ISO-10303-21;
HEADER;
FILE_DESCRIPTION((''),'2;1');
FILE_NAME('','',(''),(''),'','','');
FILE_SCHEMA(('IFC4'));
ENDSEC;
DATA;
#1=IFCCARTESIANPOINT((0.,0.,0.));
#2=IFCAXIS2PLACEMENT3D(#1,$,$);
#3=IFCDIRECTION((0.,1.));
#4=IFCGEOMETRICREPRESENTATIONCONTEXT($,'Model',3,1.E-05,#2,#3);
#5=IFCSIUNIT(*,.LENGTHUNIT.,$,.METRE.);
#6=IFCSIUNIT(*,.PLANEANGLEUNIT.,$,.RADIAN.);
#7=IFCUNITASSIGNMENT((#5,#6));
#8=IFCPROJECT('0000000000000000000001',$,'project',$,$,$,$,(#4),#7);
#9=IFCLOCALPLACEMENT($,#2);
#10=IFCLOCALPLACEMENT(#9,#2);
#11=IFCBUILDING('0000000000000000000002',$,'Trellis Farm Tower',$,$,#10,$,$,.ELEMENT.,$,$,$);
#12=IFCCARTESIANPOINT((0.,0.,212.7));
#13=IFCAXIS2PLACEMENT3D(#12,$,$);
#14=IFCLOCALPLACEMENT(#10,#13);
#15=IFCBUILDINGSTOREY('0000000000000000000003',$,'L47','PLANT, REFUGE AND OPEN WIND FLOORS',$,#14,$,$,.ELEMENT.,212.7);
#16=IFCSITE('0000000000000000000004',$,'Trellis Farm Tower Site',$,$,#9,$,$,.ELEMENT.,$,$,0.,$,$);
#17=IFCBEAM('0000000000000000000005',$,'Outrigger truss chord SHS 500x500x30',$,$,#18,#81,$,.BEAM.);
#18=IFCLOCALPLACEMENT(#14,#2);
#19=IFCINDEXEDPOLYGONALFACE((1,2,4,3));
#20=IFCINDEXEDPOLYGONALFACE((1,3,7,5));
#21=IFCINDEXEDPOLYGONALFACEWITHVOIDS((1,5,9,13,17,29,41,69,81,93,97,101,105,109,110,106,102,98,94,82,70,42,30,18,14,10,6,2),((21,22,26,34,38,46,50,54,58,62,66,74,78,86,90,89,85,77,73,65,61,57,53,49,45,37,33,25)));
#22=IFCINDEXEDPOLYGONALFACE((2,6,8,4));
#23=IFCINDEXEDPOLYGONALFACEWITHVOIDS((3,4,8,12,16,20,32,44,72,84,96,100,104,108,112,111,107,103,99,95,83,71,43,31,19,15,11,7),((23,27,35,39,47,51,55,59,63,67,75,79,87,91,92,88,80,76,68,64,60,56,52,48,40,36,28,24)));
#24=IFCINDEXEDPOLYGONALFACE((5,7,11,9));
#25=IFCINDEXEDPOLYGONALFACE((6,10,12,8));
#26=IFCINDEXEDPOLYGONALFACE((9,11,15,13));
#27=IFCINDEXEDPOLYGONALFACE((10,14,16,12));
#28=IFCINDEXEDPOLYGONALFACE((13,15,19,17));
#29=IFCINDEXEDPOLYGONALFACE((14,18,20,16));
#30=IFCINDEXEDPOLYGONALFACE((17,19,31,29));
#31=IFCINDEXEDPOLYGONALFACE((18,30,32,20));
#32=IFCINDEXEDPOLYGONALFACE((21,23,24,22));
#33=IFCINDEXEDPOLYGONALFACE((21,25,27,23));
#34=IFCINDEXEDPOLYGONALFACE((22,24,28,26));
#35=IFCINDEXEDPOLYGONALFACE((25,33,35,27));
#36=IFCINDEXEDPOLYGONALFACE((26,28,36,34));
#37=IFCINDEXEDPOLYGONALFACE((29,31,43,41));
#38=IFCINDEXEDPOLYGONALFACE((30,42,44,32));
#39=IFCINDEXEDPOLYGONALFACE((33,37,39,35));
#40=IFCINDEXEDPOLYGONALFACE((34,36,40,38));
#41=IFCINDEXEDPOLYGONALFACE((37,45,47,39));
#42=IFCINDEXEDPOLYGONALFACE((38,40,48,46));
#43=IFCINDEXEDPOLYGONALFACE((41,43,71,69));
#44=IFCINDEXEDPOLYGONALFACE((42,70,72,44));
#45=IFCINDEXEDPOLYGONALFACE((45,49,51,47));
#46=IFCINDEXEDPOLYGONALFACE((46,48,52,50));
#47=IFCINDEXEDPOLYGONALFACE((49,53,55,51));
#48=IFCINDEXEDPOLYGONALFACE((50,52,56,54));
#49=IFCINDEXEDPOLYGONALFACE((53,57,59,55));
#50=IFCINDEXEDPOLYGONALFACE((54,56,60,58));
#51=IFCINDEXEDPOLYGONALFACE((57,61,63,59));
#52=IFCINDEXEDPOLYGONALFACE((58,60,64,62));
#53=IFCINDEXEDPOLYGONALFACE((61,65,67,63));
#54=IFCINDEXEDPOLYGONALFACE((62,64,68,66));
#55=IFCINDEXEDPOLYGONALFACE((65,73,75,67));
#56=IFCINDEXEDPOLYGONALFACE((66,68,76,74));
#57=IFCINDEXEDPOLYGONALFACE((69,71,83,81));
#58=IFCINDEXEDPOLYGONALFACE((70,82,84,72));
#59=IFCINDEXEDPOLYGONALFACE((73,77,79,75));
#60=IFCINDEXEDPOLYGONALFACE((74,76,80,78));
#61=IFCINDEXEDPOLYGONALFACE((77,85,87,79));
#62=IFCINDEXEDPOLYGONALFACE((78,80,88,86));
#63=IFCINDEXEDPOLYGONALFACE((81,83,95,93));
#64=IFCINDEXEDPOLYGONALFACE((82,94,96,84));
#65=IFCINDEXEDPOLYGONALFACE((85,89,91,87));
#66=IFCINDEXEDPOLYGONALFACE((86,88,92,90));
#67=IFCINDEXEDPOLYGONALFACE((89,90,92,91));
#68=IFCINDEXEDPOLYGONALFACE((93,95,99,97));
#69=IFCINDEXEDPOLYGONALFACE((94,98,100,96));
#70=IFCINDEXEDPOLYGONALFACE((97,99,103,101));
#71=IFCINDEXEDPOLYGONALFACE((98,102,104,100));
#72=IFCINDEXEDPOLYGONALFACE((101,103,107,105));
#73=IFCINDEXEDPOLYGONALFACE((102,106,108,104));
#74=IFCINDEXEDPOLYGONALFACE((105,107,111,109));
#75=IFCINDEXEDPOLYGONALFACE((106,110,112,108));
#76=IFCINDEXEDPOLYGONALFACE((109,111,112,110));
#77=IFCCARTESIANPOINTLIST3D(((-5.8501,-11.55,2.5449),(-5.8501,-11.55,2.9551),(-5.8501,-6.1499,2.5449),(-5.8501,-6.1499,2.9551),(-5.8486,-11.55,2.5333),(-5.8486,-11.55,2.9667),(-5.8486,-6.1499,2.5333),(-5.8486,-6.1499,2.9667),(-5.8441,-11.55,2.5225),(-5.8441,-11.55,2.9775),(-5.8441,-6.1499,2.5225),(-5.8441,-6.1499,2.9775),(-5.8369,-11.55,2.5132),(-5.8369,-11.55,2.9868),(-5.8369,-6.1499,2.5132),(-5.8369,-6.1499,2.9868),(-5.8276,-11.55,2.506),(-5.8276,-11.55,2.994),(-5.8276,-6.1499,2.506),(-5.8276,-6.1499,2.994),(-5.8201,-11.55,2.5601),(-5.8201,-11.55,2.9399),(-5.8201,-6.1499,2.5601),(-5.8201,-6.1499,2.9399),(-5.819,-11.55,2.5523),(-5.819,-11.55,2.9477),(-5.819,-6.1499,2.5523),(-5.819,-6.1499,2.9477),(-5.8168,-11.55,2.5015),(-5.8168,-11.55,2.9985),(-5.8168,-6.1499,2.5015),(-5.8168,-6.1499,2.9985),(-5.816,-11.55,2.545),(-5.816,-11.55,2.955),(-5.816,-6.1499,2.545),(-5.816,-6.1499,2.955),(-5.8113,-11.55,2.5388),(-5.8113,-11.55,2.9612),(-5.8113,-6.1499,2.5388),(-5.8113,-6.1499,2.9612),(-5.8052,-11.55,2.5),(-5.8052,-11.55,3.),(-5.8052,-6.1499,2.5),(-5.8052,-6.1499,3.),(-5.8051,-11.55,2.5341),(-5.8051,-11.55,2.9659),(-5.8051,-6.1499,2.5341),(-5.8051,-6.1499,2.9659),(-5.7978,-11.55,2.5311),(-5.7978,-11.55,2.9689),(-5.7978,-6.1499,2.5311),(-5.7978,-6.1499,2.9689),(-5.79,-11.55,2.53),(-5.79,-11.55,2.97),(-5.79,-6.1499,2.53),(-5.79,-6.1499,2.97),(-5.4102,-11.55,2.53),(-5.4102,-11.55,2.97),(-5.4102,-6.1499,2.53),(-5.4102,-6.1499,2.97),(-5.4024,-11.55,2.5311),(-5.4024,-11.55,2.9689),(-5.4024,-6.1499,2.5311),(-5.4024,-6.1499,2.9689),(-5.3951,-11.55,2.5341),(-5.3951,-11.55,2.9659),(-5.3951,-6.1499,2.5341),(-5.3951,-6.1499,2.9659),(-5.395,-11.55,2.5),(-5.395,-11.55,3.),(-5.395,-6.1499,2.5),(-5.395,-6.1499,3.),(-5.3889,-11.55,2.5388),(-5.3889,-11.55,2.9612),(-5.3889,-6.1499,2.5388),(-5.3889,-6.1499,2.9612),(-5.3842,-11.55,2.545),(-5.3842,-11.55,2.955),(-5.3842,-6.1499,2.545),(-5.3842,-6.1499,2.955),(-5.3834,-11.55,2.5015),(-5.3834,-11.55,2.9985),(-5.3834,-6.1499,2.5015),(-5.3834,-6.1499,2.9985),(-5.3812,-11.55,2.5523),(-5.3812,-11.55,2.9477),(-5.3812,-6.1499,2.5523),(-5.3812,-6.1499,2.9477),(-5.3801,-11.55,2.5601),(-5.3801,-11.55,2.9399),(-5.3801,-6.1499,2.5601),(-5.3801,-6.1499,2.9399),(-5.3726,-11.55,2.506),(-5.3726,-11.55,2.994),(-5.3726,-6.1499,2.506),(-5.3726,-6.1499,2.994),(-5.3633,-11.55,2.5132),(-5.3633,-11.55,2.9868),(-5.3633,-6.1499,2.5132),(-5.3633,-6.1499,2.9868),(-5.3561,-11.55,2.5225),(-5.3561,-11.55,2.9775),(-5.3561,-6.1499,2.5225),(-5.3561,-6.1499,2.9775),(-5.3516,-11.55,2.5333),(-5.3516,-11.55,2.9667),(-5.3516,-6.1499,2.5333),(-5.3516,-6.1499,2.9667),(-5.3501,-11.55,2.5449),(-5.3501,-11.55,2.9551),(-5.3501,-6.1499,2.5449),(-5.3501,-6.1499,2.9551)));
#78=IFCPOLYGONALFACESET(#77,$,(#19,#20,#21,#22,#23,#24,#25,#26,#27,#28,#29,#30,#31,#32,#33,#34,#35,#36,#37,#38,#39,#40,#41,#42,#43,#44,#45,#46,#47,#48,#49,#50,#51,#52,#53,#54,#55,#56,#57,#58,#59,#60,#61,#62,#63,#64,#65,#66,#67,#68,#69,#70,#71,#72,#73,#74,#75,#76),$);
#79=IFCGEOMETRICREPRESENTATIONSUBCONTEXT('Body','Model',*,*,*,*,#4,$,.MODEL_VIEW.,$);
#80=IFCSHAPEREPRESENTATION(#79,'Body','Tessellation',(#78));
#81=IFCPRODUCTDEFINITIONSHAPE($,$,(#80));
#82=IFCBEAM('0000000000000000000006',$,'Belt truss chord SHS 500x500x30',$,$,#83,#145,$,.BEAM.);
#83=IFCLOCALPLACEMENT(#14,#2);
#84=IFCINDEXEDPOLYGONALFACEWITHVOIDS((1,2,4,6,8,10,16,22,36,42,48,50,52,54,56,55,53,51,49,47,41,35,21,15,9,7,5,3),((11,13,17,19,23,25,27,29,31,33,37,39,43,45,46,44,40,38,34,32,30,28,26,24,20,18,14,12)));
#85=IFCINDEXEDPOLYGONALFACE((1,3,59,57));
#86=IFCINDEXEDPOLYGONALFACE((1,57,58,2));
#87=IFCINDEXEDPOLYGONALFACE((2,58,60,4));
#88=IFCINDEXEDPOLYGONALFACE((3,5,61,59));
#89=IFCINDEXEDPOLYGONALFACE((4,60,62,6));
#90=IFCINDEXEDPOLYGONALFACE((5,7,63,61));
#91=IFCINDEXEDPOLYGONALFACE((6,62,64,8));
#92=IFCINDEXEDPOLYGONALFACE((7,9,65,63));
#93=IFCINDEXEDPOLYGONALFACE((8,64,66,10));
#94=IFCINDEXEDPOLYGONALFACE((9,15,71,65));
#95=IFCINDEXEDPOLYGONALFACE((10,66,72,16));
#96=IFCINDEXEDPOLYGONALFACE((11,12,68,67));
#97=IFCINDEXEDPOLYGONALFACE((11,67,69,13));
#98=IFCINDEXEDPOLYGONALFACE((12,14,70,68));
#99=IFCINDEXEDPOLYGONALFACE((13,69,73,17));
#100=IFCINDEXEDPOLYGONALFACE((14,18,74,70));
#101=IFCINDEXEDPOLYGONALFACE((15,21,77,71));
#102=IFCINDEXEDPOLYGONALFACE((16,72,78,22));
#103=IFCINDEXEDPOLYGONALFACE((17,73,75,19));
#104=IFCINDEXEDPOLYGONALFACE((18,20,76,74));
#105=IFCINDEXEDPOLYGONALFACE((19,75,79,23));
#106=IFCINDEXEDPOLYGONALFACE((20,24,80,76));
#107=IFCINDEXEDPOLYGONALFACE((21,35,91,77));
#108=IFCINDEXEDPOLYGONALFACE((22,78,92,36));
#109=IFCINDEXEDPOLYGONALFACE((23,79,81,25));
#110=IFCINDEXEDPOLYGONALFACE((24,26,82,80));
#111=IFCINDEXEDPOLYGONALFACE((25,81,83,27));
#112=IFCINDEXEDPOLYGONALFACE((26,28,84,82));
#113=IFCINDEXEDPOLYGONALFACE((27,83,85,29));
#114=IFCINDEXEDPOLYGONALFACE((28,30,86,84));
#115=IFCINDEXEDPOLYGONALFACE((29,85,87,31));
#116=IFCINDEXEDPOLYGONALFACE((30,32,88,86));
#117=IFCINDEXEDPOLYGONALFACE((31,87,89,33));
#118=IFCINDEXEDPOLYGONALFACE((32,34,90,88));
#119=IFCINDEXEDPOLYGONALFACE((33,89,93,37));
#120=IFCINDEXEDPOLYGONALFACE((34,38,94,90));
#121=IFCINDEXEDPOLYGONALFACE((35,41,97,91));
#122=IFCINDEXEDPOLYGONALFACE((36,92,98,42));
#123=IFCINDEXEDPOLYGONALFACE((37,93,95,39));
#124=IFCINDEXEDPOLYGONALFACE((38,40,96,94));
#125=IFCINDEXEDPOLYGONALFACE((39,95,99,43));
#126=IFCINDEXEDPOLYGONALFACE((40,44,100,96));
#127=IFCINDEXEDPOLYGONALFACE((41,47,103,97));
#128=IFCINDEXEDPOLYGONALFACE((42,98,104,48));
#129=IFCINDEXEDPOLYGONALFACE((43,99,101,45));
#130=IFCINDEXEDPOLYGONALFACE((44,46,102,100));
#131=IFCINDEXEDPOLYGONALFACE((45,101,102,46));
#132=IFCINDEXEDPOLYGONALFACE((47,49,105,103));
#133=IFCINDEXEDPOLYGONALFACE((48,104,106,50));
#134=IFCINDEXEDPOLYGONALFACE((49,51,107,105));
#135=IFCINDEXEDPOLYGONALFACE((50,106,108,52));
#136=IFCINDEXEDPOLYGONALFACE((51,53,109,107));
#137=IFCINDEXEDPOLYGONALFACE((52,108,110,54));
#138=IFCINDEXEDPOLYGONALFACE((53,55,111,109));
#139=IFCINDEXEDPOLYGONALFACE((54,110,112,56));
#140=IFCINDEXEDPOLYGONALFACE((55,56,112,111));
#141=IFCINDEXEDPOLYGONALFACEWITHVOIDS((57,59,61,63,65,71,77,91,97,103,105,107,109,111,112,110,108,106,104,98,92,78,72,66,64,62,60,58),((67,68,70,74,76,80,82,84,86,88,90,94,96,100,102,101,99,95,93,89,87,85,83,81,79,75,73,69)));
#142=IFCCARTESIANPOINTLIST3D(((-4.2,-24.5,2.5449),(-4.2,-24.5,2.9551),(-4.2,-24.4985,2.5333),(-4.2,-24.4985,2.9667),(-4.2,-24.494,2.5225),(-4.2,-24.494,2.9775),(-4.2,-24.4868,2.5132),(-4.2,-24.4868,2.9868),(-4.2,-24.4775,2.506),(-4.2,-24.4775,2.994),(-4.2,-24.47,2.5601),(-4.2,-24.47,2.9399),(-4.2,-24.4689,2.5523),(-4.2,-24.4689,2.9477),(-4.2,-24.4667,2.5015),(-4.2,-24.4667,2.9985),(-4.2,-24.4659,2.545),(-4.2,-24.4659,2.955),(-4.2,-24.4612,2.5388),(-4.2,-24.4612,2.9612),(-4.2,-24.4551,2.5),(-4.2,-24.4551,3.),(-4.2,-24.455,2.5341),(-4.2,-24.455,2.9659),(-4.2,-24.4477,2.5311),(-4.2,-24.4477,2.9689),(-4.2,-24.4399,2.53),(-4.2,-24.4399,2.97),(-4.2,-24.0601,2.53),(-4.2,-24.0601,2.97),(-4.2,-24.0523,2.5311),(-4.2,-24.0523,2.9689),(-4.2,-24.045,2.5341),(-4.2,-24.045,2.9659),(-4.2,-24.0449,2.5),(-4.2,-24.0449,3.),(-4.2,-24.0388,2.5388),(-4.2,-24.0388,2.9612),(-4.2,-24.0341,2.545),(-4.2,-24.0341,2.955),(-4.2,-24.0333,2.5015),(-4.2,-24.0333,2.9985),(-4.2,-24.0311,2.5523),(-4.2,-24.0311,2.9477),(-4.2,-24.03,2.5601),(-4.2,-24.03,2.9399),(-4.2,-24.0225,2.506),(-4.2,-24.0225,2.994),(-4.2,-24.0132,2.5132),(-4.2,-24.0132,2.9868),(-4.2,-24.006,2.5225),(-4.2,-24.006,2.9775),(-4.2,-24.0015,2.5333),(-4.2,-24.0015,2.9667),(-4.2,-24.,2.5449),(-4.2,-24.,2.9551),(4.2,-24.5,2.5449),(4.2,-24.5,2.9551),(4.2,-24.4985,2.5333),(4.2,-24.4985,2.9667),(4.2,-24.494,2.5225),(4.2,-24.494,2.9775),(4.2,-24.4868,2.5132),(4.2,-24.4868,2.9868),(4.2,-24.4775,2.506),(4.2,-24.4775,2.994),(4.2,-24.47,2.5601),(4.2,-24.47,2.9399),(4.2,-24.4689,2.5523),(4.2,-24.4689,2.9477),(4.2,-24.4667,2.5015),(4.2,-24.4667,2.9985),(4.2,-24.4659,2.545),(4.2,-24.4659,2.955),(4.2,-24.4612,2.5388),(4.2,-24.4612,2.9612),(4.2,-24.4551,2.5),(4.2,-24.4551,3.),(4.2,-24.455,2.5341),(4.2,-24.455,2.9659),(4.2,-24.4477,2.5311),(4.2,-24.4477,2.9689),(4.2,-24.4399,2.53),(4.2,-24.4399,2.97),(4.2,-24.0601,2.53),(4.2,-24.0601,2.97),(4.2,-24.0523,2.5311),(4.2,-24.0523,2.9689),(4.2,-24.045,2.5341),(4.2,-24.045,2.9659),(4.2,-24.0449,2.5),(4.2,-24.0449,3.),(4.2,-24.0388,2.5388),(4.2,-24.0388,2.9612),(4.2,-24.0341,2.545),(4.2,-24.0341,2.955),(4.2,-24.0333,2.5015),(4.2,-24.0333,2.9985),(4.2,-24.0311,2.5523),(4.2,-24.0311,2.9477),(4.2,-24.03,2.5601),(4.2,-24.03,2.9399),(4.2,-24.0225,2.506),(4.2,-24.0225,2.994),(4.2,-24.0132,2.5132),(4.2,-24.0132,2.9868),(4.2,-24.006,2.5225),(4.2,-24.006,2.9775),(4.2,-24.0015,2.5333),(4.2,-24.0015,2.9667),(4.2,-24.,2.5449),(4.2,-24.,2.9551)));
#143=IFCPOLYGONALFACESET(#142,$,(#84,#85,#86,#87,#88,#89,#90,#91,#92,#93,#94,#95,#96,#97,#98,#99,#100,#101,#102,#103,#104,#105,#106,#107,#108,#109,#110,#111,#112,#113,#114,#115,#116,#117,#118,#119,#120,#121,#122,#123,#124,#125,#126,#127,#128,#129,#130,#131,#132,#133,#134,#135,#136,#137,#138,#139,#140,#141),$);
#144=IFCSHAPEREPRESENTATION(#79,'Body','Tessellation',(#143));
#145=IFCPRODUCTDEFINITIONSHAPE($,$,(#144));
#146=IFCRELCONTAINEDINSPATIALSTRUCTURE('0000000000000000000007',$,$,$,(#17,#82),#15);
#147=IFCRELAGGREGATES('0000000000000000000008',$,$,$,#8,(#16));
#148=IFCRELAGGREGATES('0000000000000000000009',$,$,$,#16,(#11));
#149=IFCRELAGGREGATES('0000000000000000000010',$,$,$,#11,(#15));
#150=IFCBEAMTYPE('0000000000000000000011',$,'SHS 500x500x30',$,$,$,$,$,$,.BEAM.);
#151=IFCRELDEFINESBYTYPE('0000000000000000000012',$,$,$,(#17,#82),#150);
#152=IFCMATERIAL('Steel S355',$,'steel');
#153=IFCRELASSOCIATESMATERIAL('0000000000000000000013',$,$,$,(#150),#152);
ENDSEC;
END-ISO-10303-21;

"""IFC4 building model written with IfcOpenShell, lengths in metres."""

from ifc_helpers import new_model, si_unit, direction, frame, origin, origin_2d, place, context, subcontext, project, spatial, hollow_rectangle, extrude, source, transform, mapped, material, material_profile, profile_set, type_object, element, save


model = new_model("IFC4")

# Units and contexts
model_context = context("Model", 3, precision=1e-05, world=origin(), true_north=direction((0.0, 1.0)))
body_context = subcontext(model_context, "Body", "Model", "MODEL_VIEW")
ifc_project = project(units=[si_unit("LENGTHUNIT", "METRE"), si_unit("PLANEANGLEUNIT", "RADIAN")], contexts=[model_context])

# Site, building, storey
site_placement = place(None, origin())
site = spatial("IfcSite", under=ifc_project, at=site_placement, Name="Trellis Farm Tower Site", CompositionType="ELEMENT", RefElevation=0.0)
building_placement = place(site_placement, origin())
building = spatial("IfcBuilding", under=site, at=building_placement, Name="Trellis Farm Tower", CompositionType="ELEMENT")
storey_placement = place(building_placement, frame((0.0, 0.0, 212.7)))
storey = spatial("IfcBuildingStorey", under=building, at=storey_placement, Name="L47", Description="PLANT, REFUGE AND OPEN WIND FLOORS", CompositionType="ELEMENT", Elevation=212.7)

# Beams
ifc_material_1 = material(Name="Steel S355", Category="steel")
ifc_material_profile_1 = material_profile(ifc_material_1, hollow_rectangle(XDim=0.5, YDim=0.5, WallThickness=0.03, InnerFilletRadius=0.03, OuterFilletRadius=0.0449, at=origin_2d()), Name="SHS 500x500x30")
ifc_profile_set_1 = profile_set([ifc_material_profile_1], Name="Steel S355")
beam_type_1 = type_object("IfcBeamType", Name="SHS 500x500x30", PredefinedType="BEAM", material=ifc_profile_set_1)
shared_shape_1 = source(origin(), body_context, "Body", "SweptSolid", [
    extrude(hollow_rectangle(XDim=0.5, YDim=0.5, WallThickness=0.03, InnerFilletRadius=0.03, OuterFilletRadius=0.0449, at=origin_2d()), origin(), (0.0, 0.0, 1.0), 5.4001),
])
for number, where, z_axis, x_axis, name in (
    (1, (-5.6001, -11.55, 2.75), (0.0, 1.0, 0.0), (-1.0, 0.0, 0.0), "Outrigger truss chord SHS 500x500x30"),
):
    element("IfcBeam", number, at=place(storey_placement, frame(where, z_axis=z_axis, x_axis=x_axis)), inside=storey, type_object=beam_type_1, Name=name, PredefinedType="BEAM", context=body_context, shape_type="MappedRepresentation", body=[
        mapped(shared_shape_1, transform((0.0, 0.0, 0.0))),
    ])
shared_shape_2 = source(origin(), body_context, "Body", "SweptSolid", [
    extrude(hollow_rectangle(XDim=0.5, YDim=0.5, WallThickness=0.03, InnerFilletRadius=0.03, OuterFilletRadius=0.0449, at=origin_2d()), origin(), (0.0, 0.0, 1.0), 8.3999),
])
beam_1_placement = place(storey_placement, frame((-4.2, -24.25, 2.75), z_axis=(1.0, 0.0, 0.0), x_axis=(0.0, 1.0, 0.0)))
element("IfcBeam", 2, at=beam_1_placement, inside=storey, type_object=beam_type_1, Name="Belt truss chord SHS 500x500x30", PredefinedType="BEAM", context=body_context, shape_type="MappedRepresentation", body=[
    mapped(shared_shape_2, transform((0.0, 0.0, 0.0))),
])

save(model, "model.ifc")
